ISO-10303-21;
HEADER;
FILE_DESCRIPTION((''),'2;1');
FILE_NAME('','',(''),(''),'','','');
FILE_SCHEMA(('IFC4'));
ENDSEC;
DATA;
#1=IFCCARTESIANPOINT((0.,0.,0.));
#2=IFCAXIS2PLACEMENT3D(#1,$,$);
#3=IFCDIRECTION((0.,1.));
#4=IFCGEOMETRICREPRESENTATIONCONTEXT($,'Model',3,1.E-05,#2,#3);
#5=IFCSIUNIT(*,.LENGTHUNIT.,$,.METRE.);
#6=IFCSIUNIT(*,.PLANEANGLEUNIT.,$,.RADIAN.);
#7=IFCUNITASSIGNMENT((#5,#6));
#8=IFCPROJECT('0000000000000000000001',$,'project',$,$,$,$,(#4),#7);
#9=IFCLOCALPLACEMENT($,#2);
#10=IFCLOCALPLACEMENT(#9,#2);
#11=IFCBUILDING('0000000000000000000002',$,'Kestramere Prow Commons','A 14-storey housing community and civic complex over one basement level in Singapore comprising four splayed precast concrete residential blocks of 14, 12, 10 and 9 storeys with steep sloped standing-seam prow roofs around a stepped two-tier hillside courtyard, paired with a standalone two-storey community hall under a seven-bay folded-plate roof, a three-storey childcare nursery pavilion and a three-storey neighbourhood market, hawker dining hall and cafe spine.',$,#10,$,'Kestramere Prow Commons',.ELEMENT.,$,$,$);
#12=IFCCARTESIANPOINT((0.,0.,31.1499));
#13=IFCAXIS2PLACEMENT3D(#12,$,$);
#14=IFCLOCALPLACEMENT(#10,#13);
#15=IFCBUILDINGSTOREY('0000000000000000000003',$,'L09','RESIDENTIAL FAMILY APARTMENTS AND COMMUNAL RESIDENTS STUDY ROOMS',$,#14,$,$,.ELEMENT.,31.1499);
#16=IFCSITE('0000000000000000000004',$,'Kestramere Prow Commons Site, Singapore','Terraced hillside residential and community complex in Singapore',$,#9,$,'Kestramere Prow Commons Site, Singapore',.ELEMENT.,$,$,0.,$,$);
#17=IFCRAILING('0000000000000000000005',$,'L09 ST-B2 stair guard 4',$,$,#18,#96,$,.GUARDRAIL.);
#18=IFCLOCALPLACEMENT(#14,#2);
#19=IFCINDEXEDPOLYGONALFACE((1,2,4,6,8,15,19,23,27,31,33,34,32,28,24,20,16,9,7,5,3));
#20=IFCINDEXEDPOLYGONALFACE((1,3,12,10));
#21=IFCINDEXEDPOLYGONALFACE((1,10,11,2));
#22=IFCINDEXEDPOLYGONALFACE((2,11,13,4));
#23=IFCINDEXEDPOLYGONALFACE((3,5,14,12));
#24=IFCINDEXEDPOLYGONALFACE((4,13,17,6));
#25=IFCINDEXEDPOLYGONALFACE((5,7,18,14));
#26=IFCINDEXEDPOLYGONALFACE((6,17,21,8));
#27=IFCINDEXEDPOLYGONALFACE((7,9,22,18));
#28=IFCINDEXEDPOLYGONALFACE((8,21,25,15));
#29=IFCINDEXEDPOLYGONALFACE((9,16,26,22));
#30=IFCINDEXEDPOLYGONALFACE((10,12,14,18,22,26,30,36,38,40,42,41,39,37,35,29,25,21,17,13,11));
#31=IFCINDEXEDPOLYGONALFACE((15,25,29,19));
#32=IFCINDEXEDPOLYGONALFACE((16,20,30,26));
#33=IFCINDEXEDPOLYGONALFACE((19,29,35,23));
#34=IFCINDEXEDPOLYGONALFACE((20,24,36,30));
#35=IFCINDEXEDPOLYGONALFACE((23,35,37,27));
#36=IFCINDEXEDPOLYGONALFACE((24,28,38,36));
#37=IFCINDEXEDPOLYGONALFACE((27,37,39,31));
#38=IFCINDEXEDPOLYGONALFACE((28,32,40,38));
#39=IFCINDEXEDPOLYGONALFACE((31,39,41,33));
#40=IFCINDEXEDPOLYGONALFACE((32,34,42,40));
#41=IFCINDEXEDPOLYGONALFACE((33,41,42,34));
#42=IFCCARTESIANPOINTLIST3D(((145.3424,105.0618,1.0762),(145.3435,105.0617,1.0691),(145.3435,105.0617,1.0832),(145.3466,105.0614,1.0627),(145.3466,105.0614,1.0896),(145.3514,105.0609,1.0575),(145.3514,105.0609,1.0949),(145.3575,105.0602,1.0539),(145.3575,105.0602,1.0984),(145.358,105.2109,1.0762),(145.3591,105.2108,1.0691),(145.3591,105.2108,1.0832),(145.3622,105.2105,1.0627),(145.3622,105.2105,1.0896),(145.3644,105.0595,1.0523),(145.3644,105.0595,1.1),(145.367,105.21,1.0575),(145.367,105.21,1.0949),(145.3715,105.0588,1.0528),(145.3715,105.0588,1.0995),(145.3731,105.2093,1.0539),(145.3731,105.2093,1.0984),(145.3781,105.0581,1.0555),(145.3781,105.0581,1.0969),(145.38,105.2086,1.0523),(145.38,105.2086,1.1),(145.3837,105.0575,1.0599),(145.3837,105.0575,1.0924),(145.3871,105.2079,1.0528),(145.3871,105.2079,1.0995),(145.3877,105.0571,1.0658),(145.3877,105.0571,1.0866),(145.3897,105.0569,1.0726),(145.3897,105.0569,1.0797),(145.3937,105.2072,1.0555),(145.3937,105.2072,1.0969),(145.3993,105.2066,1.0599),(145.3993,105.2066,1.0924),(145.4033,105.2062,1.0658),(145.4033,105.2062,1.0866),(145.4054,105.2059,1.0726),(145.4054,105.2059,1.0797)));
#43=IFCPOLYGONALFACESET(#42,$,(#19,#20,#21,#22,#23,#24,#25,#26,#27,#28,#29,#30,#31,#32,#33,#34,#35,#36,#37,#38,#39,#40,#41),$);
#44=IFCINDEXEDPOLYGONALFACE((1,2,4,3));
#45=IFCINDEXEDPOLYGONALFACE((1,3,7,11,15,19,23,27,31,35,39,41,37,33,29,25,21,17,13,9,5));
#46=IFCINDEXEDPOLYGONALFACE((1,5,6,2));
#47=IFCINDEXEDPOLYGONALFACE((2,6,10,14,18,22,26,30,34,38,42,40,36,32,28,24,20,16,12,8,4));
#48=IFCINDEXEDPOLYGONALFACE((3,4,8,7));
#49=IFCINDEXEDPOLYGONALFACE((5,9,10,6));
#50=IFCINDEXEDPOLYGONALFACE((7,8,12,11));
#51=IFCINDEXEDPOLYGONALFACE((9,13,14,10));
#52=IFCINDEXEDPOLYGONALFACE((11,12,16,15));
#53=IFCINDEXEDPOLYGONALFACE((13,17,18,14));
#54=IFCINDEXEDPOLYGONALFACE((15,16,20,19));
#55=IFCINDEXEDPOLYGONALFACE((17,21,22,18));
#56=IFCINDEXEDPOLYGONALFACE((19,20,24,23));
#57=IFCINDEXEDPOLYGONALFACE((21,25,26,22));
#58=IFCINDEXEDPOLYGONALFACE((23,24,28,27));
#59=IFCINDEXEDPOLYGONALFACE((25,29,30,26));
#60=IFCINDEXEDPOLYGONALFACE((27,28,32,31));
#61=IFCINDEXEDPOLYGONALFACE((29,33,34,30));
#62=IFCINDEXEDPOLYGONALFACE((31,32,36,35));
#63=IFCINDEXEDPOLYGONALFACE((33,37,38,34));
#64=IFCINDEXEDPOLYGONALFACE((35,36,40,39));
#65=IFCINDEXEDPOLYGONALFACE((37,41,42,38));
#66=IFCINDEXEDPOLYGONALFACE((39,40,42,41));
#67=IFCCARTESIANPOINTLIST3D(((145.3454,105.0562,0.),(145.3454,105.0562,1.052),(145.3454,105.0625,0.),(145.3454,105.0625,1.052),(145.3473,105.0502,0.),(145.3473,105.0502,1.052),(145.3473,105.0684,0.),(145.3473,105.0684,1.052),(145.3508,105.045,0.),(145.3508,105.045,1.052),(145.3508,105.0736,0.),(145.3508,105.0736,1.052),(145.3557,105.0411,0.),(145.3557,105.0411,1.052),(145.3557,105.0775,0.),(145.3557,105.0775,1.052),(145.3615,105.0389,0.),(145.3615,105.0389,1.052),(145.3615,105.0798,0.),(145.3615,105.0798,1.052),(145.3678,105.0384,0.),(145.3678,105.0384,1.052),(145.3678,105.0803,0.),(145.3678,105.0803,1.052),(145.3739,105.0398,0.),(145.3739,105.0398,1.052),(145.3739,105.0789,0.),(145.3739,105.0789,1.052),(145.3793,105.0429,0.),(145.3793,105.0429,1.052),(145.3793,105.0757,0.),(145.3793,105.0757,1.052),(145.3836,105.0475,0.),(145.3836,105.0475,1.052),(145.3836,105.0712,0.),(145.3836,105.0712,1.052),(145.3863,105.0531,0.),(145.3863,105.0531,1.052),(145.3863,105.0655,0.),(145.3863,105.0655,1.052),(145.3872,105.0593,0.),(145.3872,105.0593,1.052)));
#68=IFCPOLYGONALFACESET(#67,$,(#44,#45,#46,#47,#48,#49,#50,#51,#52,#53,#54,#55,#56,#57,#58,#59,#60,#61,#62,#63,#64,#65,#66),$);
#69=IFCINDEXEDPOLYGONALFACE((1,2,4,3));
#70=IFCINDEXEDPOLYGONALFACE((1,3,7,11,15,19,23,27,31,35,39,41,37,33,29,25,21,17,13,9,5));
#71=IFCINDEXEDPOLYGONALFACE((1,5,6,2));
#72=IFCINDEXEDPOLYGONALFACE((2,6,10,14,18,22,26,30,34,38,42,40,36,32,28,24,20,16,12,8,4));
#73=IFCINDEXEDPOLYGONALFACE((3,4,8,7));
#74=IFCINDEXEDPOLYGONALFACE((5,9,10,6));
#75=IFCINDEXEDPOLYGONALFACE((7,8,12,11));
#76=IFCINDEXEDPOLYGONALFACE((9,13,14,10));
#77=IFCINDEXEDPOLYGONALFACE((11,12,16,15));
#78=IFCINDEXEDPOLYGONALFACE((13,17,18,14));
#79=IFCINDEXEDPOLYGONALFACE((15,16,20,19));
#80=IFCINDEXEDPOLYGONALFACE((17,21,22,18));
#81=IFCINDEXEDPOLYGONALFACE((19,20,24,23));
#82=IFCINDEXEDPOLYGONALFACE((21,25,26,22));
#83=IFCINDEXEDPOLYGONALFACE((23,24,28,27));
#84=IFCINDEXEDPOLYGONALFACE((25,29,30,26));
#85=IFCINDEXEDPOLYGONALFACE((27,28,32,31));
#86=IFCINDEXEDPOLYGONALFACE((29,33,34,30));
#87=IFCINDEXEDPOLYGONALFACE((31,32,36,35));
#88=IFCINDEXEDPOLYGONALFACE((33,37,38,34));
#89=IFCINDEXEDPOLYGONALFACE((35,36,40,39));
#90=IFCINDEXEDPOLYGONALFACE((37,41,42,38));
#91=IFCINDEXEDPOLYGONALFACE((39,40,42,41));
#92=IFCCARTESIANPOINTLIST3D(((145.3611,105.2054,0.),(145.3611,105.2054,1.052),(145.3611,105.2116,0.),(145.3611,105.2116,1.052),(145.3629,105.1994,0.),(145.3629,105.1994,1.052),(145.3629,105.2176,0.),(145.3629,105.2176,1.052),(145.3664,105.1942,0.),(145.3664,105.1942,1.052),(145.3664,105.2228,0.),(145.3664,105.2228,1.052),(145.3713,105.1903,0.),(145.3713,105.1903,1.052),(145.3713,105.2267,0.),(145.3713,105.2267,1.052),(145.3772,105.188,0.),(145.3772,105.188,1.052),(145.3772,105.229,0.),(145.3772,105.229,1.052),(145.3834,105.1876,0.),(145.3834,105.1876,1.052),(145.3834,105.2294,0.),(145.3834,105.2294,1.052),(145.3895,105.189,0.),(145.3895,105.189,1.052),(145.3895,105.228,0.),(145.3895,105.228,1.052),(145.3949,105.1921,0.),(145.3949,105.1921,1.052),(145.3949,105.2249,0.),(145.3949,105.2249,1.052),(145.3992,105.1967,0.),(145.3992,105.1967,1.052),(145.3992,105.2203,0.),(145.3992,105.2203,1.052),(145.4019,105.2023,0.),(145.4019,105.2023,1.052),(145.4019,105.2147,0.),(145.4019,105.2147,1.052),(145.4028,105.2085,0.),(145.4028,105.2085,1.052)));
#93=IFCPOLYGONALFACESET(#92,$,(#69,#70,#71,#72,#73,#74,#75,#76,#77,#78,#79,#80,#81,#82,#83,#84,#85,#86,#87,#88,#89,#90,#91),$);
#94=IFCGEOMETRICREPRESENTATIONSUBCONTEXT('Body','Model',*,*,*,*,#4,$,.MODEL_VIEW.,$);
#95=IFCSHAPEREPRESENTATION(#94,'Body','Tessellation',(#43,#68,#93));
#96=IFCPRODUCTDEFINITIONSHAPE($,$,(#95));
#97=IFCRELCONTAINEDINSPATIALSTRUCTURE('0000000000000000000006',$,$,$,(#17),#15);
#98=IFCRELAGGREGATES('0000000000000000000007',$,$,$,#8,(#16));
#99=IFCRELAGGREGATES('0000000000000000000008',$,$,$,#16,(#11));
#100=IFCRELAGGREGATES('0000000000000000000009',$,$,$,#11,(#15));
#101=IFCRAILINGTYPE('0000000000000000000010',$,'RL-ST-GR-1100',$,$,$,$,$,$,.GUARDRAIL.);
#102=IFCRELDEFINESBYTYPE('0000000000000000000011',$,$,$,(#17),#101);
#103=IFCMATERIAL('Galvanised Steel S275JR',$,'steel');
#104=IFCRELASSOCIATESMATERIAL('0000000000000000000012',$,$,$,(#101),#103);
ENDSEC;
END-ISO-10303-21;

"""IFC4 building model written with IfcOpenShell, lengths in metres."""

from ifc_helpers import new_model, si_unit, direction, frame, origin, origin_2d, place, context, subcontext, project, spatial, circle, extrude, material, type_object, element, save


model = new_model("IFC4")

# Units and contexts
model_context = context("Model", 3, precision=1e-05, world=origin(), true_north=direction((0.0, 1.0)))
body_context = subcontext(model_context, "Body", "Model", "MODEL_VIEW")
ifc_project = project(units=[si_unit("LENGTHUNIT", "METRE"), si_unit("PLANEANGLEUNIT", "RADIAN")], contexts=[model_context])

# Site, building, storey
site_placement = place(None, origin())
site = spatial("IfcSite", under=ifc_project, at=site_placement, Name="Kestramere Prow Commons Site, Singapore", Description="Terraced hillside residential and community complex in Singapore", LongName="Kestramere Prow Commons Site, Singapore", CompositionType="ELEMENT", RefElevation=0.0)
building_placement = place(site_placement, origin())
building = spatial("IfcBuilding", under=site, at=building_placement, Name="Kestramere Prow Commons", Description="A 14-storey housing community and civic complex over one basement level in Singapore comprising four splayed precast concrete residential blocks of 14, 12, 10 and 9 storeys with steep sloped standing-seam prow roofs around a stepped two-tier hillside courtyard, paired with a standalone two-storey community hall under a seven-bay folded-plate roof, a three-storey childcare nursery pavilion and a three-storey neighbourhood market, hawker dining hall and cafe spine.", LongName="Kestramere Prow Commons", CompositionType="ELEMENT")
storey_placement = place(building_placement, frame((0.0, 0.0, 31.1499)))
storey = spatial("IfcBuildingStorey", under=building, at=storey_placement, Name="L09", Description="RESIDENTIAL FAMILY APARTMENTS AND COMMUNAL RESIDENTS STUDY ROOMS", CompositionType="ELEMENT", Elevation=31.1499)

# Railing
ifc_material_1 = material(Name="Galvanised Steel S275JR", Category="steel")
railing_type_1 = type_object("IfcRailingType", Name="RL-ST-GR-1100", PredefinedType="GUARDRAIL", material=ifc_material_1)
railing_1_placement = place(storey_placement, frame((145.3662, 105.0593, 0.0)))
element("IfcRailing", 1, at=railing_1_placement, inside=storey, type_object=railing_type_1, Name="L09 ST-B2 stair guard 4", PredefinedType="GUARDRAIL", context=body_context, shape_type="SweptSolid", body=[
    extrude(circle(Radius=0.0239, at=origin_2d()), frame((0.0, 0.0, 1.0762), z_axis=(0.104176, 0.994559, 0.0), x_axis=(-0.994559, 0.104176, 0.0)), (0.0, 0.0, 1.0), 0.1499),
    extrude(circle(Radius=0.021, at=origin_2d()), origin(), (0.0, 0.0, 1.0), 1.052),
    extrude(circle(Radius=0.021, at=origin_2d()), frame((0.0156, 0.1492, 0.0)), (0.0, 0.0, 1.0), 1.052),
])

save(model, "model.ifc")
